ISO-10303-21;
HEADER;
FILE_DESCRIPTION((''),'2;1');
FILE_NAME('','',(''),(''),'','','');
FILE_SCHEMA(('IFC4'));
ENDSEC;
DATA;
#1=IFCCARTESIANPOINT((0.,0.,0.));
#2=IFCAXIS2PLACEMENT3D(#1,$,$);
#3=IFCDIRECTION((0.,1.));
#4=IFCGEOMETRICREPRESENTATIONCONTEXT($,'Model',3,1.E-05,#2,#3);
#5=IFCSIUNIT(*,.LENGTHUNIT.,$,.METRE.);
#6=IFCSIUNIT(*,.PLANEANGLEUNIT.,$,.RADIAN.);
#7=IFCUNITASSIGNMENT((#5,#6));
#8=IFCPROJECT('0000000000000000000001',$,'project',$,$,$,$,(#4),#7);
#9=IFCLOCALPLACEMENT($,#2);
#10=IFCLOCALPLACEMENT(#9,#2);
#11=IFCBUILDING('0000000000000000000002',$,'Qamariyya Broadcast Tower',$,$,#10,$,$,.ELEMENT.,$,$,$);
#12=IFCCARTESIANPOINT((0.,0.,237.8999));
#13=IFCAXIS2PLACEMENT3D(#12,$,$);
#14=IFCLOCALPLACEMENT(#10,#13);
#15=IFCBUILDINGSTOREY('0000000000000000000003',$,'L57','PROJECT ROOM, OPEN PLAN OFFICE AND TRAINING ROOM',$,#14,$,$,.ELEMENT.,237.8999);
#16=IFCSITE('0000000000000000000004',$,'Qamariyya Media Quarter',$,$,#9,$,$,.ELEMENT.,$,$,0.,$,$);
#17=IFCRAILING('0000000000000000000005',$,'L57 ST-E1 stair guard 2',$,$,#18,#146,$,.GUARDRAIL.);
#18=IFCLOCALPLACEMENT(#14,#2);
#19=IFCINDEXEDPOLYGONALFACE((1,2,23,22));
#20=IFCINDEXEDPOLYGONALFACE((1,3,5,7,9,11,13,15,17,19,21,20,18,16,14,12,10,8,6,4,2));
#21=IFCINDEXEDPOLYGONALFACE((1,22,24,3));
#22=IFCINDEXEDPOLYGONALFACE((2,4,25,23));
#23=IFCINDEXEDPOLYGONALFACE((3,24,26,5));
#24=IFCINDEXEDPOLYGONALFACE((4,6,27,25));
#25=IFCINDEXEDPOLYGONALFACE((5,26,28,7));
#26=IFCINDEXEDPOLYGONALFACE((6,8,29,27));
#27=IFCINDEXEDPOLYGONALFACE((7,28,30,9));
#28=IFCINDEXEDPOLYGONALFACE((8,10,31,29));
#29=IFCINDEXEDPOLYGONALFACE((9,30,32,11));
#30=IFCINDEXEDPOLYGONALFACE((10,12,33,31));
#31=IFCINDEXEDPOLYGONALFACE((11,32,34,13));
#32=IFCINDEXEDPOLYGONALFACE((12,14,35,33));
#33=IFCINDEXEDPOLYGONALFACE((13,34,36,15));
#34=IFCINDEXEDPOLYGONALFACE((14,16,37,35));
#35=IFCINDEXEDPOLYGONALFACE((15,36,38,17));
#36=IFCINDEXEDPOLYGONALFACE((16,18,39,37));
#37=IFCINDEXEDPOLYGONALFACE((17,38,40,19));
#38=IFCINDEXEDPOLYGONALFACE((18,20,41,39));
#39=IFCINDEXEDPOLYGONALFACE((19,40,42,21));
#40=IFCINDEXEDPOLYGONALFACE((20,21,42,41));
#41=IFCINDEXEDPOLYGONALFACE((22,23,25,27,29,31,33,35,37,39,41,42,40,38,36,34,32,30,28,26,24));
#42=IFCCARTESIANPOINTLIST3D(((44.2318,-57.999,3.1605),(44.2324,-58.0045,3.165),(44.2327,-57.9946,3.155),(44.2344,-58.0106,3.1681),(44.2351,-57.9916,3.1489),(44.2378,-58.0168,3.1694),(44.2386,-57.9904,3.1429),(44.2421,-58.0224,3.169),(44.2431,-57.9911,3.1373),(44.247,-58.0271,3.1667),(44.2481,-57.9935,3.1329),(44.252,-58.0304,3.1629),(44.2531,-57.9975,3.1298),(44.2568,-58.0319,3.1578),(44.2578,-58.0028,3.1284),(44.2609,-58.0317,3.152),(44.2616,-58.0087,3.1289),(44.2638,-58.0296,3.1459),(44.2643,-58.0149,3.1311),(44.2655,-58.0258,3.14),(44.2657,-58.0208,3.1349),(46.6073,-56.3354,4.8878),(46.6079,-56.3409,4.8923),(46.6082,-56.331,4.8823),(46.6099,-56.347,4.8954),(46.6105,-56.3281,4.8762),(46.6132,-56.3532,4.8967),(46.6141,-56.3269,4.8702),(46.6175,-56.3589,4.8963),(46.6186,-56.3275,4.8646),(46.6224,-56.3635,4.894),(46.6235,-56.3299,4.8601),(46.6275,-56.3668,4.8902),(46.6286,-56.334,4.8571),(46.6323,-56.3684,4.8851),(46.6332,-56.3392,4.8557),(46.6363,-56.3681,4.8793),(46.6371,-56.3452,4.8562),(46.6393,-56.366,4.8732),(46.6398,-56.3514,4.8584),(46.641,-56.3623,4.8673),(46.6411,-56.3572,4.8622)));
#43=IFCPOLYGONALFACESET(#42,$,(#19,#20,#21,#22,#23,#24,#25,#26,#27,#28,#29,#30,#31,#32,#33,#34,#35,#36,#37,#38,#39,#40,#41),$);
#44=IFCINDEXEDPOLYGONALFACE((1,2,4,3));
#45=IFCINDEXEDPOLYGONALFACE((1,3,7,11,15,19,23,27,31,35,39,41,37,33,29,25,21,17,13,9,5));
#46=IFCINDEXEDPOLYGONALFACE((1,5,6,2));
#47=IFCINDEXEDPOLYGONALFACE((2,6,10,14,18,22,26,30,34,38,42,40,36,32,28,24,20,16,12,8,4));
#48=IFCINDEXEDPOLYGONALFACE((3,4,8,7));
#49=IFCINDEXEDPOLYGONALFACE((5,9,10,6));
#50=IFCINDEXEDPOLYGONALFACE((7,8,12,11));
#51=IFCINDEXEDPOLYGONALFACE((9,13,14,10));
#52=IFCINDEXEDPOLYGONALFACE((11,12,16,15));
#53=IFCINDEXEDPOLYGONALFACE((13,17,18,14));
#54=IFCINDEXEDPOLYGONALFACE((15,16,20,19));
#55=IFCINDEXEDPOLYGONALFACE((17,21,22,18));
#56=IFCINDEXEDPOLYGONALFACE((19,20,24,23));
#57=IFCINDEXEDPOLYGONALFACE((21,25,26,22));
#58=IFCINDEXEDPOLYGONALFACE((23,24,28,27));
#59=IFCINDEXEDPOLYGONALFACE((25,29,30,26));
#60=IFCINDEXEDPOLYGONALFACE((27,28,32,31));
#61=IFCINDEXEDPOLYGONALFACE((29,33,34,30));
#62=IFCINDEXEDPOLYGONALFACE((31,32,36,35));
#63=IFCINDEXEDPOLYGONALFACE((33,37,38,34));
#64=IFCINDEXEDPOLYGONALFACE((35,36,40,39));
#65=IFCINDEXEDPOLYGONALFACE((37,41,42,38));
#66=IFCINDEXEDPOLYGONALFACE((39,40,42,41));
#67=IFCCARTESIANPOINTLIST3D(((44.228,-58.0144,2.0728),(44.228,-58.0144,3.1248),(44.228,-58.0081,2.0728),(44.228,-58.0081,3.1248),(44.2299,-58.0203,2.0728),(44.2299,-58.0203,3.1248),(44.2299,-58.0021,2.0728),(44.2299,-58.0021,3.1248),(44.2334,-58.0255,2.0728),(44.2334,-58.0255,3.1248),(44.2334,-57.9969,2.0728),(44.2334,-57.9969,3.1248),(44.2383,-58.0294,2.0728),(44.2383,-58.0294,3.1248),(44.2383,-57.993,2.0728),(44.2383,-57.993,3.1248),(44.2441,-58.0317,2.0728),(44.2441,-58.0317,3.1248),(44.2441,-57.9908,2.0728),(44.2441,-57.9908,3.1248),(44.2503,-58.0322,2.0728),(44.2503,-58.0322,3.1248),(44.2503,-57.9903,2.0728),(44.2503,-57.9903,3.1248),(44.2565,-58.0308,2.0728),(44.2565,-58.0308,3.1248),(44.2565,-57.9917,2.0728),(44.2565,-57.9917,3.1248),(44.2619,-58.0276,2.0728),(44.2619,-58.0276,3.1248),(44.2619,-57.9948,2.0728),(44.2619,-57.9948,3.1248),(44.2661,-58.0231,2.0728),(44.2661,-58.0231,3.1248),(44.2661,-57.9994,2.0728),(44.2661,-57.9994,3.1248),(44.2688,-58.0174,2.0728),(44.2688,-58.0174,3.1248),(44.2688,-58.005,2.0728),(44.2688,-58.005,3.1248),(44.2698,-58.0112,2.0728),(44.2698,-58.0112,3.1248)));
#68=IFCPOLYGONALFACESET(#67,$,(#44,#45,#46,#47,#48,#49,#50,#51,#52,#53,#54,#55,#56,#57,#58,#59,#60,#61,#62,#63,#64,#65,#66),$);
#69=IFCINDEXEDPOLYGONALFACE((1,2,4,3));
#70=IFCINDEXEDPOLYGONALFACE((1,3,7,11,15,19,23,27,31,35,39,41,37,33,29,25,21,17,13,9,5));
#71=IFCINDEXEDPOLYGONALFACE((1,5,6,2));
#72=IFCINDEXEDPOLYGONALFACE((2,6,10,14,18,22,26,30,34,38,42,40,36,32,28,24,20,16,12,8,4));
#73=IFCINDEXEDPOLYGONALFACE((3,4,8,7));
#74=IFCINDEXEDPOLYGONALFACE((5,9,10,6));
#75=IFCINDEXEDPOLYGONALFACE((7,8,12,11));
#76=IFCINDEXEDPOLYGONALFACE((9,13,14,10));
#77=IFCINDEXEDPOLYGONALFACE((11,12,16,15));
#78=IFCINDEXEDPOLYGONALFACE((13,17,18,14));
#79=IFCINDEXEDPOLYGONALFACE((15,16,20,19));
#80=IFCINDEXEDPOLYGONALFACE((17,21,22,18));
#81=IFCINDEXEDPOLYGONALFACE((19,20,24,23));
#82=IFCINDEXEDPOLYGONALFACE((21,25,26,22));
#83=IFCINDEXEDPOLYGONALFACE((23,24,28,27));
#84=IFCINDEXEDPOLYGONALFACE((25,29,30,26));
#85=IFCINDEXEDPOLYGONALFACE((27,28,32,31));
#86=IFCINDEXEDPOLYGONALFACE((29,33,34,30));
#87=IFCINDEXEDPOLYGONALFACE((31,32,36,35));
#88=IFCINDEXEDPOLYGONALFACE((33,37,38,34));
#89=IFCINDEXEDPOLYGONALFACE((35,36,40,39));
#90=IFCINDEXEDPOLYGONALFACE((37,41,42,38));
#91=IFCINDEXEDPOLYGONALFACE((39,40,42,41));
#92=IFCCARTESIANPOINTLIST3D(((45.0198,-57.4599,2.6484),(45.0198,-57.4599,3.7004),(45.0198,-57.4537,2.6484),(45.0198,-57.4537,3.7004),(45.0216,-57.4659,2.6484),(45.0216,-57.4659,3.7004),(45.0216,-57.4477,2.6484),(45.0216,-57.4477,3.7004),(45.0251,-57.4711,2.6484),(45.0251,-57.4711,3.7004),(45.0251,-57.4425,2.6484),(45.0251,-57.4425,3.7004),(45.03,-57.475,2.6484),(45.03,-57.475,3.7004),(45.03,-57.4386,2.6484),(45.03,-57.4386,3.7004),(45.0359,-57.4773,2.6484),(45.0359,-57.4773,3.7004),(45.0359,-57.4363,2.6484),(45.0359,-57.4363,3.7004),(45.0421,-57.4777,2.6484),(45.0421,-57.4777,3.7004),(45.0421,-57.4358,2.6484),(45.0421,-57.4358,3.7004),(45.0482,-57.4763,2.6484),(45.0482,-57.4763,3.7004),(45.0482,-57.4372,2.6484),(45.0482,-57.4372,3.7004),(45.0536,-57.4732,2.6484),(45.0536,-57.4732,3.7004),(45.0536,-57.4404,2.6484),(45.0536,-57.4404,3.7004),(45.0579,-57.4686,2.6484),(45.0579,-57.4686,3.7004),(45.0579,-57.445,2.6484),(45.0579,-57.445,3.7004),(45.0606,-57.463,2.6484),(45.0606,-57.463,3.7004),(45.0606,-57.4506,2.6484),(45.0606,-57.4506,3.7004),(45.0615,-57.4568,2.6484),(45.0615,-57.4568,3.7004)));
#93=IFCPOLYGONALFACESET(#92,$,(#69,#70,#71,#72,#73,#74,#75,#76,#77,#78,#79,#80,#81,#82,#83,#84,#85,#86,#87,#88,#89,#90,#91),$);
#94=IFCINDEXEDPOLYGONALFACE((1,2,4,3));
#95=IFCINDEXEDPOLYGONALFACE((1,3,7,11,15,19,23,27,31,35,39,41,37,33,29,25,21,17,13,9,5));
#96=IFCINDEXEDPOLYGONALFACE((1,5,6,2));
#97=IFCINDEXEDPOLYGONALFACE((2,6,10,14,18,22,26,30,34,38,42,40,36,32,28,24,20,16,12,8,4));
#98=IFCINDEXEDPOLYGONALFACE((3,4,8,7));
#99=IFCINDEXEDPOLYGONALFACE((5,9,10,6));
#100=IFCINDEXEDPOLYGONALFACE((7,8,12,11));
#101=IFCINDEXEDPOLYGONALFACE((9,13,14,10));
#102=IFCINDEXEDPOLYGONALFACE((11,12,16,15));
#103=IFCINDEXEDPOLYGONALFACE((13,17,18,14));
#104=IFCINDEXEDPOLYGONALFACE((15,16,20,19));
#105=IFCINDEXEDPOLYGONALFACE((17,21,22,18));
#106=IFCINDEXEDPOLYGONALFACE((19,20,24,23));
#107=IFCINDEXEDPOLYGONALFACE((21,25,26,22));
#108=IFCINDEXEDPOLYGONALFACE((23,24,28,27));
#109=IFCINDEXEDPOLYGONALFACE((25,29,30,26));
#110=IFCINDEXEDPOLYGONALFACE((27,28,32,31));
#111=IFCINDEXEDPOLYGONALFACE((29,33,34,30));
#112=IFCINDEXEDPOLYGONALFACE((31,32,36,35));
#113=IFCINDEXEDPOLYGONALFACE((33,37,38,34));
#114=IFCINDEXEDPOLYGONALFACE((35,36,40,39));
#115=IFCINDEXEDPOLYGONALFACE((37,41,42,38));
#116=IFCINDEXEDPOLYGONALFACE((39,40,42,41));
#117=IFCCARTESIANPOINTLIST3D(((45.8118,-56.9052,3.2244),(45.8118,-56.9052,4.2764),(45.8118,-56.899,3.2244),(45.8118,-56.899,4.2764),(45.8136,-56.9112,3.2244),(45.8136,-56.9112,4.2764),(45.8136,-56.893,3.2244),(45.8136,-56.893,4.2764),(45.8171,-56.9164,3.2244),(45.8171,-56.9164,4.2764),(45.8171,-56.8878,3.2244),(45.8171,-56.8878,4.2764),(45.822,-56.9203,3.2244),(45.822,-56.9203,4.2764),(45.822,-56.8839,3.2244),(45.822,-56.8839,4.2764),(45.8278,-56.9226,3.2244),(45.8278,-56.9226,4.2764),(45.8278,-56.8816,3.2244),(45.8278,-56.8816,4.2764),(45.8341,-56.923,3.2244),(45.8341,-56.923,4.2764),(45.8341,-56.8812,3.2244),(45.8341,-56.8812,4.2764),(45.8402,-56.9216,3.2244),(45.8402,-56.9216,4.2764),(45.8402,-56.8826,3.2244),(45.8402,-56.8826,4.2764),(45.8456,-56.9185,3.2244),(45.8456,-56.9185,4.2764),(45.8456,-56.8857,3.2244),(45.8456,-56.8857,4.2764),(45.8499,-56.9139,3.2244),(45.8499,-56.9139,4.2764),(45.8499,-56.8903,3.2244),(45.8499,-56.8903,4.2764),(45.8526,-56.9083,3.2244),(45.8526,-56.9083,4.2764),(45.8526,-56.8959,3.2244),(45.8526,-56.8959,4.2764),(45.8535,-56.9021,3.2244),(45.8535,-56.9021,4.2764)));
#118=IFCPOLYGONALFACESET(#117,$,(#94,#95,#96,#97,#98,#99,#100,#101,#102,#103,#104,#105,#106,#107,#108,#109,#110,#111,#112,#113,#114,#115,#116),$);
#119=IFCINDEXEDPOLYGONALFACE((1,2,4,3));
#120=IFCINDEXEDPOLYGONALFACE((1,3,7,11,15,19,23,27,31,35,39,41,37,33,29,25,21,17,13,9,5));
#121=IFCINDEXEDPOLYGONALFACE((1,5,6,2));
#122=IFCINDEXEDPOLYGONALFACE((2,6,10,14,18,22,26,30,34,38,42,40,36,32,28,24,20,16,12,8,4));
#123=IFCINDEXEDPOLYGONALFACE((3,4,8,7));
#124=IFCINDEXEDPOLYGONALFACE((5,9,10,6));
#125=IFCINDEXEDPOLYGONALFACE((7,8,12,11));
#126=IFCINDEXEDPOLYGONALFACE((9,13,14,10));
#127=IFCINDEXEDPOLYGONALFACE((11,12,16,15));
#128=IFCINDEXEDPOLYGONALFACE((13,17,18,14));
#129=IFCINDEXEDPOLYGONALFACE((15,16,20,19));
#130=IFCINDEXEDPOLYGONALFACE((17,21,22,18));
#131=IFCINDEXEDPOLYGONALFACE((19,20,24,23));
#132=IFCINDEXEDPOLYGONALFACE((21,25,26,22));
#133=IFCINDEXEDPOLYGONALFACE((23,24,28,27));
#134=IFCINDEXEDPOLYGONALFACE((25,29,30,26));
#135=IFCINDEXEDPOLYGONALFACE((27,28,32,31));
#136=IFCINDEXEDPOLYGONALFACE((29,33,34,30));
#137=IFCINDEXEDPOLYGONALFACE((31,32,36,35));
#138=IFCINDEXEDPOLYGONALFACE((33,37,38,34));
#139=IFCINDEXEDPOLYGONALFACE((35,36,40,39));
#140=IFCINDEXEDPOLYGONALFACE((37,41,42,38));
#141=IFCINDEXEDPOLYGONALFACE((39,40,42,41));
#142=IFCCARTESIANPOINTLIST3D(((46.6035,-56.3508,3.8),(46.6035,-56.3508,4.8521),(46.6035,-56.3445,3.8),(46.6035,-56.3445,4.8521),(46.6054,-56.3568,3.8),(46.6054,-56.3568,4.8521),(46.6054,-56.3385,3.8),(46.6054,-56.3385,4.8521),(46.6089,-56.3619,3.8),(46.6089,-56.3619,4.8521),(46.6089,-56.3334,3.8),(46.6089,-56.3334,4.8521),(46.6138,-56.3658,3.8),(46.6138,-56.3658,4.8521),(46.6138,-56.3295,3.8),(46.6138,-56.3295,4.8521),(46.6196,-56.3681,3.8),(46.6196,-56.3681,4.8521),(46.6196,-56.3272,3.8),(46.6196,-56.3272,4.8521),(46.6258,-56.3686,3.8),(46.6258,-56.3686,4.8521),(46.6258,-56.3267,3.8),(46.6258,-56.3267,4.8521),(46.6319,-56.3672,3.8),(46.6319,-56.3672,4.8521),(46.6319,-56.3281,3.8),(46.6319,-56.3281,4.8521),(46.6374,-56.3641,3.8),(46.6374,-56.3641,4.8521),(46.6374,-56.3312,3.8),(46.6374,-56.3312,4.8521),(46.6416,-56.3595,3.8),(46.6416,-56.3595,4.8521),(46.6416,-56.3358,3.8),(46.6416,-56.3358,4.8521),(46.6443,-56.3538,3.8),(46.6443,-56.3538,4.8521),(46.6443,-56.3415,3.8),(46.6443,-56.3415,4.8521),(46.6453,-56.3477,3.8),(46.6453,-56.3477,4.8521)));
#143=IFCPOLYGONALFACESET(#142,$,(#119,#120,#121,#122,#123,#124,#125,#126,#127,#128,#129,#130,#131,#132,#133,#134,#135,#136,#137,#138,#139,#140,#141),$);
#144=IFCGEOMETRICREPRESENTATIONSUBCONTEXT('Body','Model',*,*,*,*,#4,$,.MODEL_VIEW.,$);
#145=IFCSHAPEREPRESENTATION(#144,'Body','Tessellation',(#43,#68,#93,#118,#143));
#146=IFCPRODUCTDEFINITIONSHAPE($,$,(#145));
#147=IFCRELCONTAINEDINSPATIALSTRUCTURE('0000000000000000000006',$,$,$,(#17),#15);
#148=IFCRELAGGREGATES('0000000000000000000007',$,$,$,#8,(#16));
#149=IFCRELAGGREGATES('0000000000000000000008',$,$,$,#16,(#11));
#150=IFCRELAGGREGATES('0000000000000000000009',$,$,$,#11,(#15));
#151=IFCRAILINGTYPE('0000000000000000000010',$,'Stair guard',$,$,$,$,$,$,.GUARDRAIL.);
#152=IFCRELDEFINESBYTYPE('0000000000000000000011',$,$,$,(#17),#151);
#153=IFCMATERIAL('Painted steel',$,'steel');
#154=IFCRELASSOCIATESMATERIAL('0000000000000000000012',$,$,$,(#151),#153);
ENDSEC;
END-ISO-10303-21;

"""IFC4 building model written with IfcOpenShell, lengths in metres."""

from ifc_helpers import new_model, si_unit, direction, frame, origin, origin_2d, place, context, subcontext, project, spatial, circle, extrude, material, type_object, element, save


model = new_model("IFC4")

# Units and contexts
model_context = context("Model", 3, precision=1e-05, world=origin(), true_north=direction((0.0, 1.0)))
body_context = subcontext(model_context, "Body", "Model", "MODEL_VIEW")
ifc_project = project(units=[si_unit("LENGTHUNIT", "METRE"), si_unit("PLANEANGLEUNIT", "RADIAN")], contexts=[model_context])

# Site, building, storey
site_placement = place(None, origin())
site = spatial("IfcSite", under=ifc_project, at=site_placement, Name="Qamariyya Media Quarter", CompositionType="ELEMENT", RefElevation=0.0)
building_placement = place(site_placement, origin())
building = spatial("IfcBuilding", under=site, at=building_placement, Name="Qamariyya Broadcast Tower", CompositionType="ELEMENT")
storey_placement = place(building_placement, frame((0.0, 0.0, 237.8999)))
storey = spatial("IfcBuildingStorey", under=building, at=storey_placement, Name="L57", Description="PROJECT ROOM, OPEN PLAN OFFICE AND TRAINING ROOM", CompositionType="ELEMENT", Elevation=237.8999)

# Railing
ifc_material_1 = material(Name="Painted steel", Category="steel")
railing_type_1 = type_object("IfcRailingType", Name="Stair guard", PredefinedType="GUARDRAIL", material=ifc_material_1)
railing_1_placement = place(storey_placement, frame((44.2488, -58.0112, 2.0728)))
element("IfcRailing", 1, at=railing_1_placement, inside=storey, type_object=railing_type_1, Name="L57 ST-E1 stair guard 2", PredefinedType="GUARDRAIL", context=body_context, shape_type="SweptSolid", body=[
    extrude(circle(Radius=0.0239, at=origin_2d()), frame((0.0, 0.0, 1.0762), z_axis=(0.703745, 0.492838, 0.511716), x_axis=(-0.573632, 0.819113, 0.0)), (0.0, 0.0, 1.0), 3.3755),
    extrude(circle(Radius=0.021, at=origin_2d()), origin(), (0.0, 0.0, 1.0), 1.052),
    extrude(circle(Radius=0.021, at=origin_2d()), frame((0.7917, 0.5544, 0.5757)), (0.0, 0.0, 1.0), 1.052),
    extrude(circle(Radius=0.021, at=origin_2d()), frame((1.5837, 1.1091, 1.1516)), (0.0, 0.0, 1.0), 1.052),
    extrude(circle(Radius=0.021, at=origin_2d()), frame((2.3755, 1.6636, 1.7273)), (0.0, 0.0, 1.0), 1.052),
])

save(model, "model.ifc")
